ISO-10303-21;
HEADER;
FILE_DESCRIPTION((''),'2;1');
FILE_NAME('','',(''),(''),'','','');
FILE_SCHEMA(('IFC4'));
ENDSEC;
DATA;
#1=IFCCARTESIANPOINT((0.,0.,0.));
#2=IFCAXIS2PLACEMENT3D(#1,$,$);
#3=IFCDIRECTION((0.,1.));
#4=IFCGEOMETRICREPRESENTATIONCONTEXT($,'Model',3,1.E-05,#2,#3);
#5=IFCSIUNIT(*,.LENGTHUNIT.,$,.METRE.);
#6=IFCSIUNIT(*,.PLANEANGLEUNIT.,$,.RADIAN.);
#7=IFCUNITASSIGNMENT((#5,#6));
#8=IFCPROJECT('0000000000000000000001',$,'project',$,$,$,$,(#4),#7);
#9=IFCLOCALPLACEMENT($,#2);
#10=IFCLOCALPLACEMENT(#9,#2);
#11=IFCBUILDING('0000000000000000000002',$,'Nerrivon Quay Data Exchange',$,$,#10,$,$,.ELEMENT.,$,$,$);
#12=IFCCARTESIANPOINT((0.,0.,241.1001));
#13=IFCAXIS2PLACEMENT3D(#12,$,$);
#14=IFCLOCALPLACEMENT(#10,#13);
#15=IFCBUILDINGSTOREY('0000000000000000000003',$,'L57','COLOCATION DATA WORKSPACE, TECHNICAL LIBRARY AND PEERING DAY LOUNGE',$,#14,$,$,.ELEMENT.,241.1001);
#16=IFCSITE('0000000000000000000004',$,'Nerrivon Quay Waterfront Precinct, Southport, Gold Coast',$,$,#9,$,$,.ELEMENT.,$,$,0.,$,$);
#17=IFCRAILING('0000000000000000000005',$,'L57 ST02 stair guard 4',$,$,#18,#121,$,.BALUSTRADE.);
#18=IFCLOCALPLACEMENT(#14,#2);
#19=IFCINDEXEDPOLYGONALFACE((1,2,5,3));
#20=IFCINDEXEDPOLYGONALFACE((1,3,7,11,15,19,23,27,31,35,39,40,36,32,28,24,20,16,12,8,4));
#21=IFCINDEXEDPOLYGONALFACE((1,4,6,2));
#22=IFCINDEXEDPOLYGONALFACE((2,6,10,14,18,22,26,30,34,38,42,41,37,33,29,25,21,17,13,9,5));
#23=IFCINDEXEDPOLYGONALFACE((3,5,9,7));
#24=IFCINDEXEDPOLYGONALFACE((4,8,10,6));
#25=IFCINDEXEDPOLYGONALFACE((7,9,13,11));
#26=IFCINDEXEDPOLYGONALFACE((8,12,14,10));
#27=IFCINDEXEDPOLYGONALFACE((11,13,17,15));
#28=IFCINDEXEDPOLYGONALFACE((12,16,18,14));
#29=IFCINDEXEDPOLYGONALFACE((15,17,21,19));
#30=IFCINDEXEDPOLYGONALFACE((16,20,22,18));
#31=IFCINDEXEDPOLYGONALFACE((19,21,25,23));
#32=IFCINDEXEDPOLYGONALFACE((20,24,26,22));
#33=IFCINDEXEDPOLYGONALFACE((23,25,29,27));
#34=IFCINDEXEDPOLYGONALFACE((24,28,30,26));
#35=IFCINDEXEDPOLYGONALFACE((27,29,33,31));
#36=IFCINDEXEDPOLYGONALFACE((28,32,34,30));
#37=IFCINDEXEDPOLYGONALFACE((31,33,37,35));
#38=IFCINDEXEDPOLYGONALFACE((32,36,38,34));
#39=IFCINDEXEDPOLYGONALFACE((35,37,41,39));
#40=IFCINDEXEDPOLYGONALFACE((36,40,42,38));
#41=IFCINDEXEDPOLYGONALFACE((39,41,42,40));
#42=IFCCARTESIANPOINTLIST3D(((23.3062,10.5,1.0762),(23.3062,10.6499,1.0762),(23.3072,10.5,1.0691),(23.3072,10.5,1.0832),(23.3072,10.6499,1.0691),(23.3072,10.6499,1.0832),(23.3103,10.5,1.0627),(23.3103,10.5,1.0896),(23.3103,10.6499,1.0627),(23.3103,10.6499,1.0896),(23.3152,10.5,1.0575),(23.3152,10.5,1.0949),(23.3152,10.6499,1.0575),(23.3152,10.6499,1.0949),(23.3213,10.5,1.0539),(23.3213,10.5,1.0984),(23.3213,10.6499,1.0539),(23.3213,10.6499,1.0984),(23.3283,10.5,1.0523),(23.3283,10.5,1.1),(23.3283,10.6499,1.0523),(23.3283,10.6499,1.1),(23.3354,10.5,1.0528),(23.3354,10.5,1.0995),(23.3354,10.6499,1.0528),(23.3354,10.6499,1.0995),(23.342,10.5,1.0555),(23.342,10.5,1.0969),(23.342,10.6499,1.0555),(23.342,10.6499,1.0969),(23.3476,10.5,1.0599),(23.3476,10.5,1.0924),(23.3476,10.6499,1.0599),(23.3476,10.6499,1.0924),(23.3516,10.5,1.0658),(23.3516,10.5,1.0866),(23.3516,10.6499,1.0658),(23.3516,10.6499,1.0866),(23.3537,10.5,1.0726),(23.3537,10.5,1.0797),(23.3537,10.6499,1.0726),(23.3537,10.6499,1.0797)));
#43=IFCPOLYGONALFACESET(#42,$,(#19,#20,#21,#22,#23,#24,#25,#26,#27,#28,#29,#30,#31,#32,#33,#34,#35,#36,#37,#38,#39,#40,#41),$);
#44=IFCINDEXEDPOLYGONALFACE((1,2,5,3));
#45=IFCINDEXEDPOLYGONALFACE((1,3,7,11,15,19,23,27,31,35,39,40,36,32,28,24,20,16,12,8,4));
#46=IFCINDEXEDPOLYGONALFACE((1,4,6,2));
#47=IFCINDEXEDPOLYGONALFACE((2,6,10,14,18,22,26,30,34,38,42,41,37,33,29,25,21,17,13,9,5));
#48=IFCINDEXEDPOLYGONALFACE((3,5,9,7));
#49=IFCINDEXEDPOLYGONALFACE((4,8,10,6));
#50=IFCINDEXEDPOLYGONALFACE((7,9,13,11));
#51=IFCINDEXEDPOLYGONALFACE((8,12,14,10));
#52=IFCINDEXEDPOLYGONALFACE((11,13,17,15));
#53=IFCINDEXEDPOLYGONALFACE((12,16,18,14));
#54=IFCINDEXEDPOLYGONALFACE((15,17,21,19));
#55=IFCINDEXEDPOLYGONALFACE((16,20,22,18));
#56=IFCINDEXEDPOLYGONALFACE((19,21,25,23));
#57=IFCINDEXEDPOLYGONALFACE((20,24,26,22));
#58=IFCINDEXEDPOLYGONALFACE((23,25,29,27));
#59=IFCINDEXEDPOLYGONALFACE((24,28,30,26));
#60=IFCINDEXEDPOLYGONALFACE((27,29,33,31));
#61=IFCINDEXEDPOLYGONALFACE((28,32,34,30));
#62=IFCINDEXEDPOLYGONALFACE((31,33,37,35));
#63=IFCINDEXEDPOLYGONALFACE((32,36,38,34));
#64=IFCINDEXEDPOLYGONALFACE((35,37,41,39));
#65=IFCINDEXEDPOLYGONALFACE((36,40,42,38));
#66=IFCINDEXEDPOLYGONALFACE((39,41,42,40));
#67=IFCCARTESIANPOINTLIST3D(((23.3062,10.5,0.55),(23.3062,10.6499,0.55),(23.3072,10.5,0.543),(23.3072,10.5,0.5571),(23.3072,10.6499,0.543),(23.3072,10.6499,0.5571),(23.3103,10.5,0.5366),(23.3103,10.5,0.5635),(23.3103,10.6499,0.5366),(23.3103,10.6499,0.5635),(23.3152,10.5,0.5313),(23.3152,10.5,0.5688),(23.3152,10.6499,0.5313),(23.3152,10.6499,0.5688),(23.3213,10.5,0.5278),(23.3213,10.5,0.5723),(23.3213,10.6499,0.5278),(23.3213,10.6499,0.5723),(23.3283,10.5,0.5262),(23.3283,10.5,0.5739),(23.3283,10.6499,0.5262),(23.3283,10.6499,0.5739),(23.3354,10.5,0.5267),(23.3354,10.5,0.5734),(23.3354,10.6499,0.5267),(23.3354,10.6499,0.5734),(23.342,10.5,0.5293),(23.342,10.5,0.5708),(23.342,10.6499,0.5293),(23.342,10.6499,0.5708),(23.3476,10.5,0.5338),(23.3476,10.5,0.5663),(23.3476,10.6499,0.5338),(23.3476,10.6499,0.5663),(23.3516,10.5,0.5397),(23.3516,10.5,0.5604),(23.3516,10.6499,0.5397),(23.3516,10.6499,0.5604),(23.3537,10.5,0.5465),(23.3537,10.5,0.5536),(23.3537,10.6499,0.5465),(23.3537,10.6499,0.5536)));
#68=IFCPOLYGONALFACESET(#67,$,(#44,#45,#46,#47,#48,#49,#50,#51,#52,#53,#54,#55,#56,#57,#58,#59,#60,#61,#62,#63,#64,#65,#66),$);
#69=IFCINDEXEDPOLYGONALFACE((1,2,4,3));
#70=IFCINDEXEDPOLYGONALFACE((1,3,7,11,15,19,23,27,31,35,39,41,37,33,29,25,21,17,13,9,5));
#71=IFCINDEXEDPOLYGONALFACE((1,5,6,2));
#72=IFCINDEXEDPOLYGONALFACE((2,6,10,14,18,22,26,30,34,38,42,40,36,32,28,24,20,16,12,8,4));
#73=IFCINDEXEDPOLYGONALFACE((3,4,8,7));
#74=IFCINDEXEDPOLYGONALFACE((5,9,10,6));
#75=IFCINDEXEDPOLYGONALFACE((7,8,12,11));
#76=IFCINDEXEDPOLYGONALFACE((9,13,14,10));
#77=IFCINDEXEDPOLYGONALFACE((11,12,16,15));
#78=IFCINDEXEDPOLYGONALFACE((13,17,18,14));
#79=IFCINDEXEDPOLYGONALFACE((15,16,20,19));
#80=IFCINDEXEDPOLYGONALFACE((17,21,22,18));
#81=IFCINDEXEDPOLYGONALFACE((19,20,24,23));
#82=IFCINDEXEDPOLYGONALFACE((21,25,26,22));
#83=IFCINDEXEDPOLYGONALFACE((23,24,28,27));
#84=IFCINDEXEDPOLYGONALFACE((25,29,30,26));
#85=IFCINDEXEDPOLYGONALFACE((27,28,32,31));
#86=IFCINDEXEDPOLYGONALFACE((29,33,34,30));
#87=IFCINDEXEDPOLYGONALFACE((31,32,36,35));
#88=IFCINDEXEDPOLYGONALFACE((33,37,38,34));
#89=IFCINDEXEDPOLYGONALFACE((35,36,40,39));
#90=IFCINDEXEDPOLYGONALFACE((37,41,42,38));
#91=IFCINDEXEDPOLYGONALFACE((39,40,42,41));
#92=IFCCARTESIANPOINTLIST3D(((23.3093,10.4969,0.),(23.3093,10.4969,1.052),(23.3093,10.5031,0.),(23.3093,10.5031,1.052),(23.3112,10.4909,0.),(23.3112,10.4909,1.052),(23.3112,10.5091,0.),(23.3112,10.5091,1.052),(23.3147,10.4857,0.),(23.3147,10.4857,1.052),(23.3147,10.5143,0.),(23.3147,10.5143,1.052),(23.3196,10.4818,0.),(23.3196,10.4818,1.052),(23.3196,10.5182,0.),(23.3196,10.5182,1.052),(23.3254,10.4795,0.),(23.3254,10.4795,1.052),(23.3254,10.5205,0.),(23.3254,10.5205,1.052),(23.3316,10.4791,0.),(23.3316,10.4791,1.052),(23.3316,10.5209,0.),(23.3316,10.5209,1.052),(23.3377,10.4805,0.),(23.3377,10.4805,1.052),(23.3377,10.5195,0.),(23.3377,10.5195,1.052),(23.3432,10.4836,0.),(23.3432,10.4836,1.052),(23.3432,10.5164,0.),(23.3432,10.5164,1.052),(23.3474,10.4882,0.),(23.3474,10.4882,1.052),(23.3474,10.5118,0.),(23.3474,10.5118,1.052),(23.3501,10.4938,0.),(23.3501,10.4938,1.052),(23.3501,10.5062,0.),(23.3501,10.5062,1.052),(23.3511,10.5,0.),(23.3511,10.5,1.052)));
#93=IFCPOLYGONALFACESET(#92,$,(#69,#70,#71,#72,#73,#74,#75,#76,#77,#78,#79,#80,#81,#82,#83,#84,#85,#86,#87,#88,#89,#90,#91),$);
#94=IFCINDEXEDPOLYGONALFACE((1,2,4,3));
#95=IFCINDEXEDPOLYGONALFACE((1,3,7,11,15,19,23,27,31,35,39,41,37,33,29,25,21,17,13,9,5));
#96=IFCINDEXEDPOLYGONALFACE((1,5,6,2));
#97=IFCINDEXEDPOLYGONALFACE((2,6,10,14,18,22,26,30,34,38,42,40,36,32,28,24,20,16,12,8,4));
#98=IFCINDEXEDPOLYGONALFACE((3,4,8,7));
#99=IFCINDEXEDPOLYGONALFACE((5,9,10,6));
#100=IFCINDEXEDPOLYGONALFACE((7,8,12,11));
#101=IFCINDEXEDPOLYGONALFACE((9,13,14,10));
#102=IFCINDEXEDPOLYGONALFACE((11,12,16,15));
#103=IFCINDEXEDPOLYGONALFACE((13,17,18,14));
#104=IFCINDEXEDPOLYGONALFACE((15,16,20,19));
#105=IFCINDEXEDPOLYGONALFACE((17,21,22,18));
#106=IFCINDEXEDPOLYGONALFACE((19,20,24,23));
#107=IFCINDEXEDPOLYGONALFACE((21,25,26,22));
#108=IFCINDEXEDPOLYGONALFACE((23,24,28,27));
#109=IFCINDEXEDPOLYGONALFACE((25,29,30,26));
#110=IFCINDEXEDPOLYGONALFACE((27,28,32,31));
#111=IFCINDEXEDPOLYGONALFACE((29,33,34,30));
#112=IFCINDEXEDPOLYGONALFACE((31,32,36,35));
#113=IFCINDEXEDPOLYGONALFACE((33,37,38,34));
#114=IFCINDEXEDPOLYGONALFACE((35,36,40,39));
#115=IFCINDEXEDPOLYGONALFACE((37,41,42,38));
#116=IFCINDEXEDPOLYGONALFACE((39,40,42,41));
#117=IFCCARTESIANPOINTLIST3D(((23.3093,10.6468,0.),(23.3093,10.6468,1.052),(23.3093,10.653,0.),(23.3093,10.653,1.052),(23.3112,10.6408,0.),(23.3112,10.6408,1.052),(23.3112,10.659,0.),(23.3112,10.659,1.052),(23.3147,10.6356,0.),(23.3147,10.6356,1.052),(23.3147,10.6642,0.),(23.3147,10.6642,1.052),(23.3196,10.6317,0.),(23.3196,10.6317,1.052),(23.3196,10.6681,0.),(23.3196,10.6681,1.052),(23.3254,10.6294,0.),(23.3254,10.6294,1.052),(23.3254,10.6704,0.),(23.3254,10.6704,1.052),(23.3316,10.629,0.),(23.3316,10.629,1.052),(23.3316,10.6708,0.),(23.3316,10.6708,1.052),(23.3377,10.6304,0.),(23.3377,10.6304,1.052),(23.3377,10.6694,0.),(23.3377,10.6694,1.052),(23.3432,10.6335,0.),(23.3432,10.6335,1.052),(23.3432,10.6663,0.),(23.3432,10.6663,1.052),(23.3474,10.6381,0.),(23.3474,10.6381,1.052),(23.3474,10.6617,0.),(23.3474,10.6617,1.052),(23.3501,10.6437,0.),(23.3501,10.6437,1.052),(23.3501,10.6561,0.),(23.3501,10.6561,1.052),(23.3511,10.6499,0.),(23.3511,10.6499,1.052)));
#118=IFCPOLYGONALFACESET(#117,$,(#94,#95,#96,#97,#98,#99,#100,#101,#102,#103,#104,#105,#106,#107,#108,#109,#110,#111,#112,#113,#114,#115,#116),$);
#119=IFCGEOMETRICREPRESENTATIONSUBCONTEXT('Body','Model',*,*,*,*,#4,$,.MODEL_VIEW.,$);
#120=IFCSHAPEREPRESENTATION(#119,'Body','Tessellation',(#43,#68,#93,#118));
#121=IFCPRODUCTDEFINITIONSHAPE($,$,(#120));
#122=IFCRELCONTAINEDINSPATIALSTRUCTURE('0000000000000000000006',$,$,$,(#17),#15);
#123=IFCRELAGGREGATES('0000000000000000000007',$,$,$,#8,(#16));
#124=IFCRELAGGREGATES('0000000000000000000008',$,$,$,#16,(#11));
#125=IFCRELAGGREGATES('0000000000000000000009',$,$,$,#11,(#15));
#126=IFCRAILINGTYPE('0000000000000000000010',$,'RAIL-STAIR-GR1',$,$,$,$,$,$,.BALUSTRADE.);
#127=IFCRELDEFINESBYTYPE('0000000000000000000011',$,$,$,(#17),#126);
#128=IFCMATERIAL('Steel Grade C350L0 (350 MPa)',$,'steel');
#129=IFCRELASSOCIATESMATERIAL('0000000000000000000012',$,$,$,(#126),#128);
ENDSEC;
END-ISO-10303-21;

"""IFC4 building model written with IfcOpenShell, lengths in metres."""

from ifc_helpers import new_model, si_unit, direction, frame, origin, origin_2d, place, context, subcontext, project, spatial, circle, extrude, material, type_object, element, save


model = new_model("IFC4")

# Units and contexts
model_context = context("Model", 3, precision=1e-05, world=origin(), true_north=direction((0.0, 1.0)))
body_context = subcontext(model_context, "Body", "Model", "MODEL_VIEW")
ifc_project = project(units=[si_unit("LENGTHUNIT", "METRE"), si_unit("PLANEANGLEUNIT", "RADIAN")], contexts=[model_context])

# Site, building, storey
site_placement = place(None, origin())
site = spatial("IfcSite", under=ifc_project, at=site_placement, Name="Nerrivon Quay Waterfront Precinct, Southport, Gold Coast", CompositionType="ELEMENT", RefElevation=0.0)
building_placement = place(site_placement, origin())
building = spatial("IfcBuilding", under=site, at=building_placement, Name="Nerrivon Quay Data Exchange", CompositionType="ELEMENT")
storey_placement = place(building_placement, frame((0.0, 0.0, 241.1001)))
storey = spatial("IfcBuildingStorey", under=building, at=storey_placement, Name="L57", Description="COLOCATION DATA WORKSPACE, TECHNICAL LIBRARY AND PEERING DAY LOUNGE", CompositionType="ELEMENT", Elevation=241.1001)

# Railing
ifc_material_1 = material(Name="Steel Grade C350L0 (350 MPa)", Category="steel")
railing_type_1 = type_object("IfcRailingType", Name="RAIL-STAIR-GR1", PredefinedType="BALUSTRADE", material=ifc_material_1)
railing_1_placement = place(storey_placement, frame((23.3301, 10.5, 0.0)))
element("IfcRailing", 1, at=railing_1_placement, inside=storey, type_object=railing_type_1, Name="L57 ST02 stair guard 4", PredefinedType="BALUSTRADE", context=body_context, shape_type="SweptSolid", body=[
    extrude(circle(Radius=0.0239, at=origin_2d()), frame((0.0, 0.0, 1.0762), z_axis=(0.0, 1.0, 0.0), x_axis=(-1.0, 0.0, 0.0)), (0.0, 0.0, 1.0), 0.1499),
    extrude(circle(Radius=0.0239, at=origin_2d()), frame((0.0, 0.0, 0.55), z_axis=(0.0, 1.0, 0.0), x_axis=(-1.0, 0.0, 0.0)), (0.0, 0.0, 1.0), 0.1499),
    extrude(circle(Radius=0.021, at=origin_2d()), origin(), (0.0, 0.0, 1.0), 1.052),
    extrude(circle(Radius=0.021, at=origin_2d()), frame((0.0, 0.1499, 0.0)), (0.0, 0.0, 1.0), 1.052),
])

save(model, "model.ifc")
